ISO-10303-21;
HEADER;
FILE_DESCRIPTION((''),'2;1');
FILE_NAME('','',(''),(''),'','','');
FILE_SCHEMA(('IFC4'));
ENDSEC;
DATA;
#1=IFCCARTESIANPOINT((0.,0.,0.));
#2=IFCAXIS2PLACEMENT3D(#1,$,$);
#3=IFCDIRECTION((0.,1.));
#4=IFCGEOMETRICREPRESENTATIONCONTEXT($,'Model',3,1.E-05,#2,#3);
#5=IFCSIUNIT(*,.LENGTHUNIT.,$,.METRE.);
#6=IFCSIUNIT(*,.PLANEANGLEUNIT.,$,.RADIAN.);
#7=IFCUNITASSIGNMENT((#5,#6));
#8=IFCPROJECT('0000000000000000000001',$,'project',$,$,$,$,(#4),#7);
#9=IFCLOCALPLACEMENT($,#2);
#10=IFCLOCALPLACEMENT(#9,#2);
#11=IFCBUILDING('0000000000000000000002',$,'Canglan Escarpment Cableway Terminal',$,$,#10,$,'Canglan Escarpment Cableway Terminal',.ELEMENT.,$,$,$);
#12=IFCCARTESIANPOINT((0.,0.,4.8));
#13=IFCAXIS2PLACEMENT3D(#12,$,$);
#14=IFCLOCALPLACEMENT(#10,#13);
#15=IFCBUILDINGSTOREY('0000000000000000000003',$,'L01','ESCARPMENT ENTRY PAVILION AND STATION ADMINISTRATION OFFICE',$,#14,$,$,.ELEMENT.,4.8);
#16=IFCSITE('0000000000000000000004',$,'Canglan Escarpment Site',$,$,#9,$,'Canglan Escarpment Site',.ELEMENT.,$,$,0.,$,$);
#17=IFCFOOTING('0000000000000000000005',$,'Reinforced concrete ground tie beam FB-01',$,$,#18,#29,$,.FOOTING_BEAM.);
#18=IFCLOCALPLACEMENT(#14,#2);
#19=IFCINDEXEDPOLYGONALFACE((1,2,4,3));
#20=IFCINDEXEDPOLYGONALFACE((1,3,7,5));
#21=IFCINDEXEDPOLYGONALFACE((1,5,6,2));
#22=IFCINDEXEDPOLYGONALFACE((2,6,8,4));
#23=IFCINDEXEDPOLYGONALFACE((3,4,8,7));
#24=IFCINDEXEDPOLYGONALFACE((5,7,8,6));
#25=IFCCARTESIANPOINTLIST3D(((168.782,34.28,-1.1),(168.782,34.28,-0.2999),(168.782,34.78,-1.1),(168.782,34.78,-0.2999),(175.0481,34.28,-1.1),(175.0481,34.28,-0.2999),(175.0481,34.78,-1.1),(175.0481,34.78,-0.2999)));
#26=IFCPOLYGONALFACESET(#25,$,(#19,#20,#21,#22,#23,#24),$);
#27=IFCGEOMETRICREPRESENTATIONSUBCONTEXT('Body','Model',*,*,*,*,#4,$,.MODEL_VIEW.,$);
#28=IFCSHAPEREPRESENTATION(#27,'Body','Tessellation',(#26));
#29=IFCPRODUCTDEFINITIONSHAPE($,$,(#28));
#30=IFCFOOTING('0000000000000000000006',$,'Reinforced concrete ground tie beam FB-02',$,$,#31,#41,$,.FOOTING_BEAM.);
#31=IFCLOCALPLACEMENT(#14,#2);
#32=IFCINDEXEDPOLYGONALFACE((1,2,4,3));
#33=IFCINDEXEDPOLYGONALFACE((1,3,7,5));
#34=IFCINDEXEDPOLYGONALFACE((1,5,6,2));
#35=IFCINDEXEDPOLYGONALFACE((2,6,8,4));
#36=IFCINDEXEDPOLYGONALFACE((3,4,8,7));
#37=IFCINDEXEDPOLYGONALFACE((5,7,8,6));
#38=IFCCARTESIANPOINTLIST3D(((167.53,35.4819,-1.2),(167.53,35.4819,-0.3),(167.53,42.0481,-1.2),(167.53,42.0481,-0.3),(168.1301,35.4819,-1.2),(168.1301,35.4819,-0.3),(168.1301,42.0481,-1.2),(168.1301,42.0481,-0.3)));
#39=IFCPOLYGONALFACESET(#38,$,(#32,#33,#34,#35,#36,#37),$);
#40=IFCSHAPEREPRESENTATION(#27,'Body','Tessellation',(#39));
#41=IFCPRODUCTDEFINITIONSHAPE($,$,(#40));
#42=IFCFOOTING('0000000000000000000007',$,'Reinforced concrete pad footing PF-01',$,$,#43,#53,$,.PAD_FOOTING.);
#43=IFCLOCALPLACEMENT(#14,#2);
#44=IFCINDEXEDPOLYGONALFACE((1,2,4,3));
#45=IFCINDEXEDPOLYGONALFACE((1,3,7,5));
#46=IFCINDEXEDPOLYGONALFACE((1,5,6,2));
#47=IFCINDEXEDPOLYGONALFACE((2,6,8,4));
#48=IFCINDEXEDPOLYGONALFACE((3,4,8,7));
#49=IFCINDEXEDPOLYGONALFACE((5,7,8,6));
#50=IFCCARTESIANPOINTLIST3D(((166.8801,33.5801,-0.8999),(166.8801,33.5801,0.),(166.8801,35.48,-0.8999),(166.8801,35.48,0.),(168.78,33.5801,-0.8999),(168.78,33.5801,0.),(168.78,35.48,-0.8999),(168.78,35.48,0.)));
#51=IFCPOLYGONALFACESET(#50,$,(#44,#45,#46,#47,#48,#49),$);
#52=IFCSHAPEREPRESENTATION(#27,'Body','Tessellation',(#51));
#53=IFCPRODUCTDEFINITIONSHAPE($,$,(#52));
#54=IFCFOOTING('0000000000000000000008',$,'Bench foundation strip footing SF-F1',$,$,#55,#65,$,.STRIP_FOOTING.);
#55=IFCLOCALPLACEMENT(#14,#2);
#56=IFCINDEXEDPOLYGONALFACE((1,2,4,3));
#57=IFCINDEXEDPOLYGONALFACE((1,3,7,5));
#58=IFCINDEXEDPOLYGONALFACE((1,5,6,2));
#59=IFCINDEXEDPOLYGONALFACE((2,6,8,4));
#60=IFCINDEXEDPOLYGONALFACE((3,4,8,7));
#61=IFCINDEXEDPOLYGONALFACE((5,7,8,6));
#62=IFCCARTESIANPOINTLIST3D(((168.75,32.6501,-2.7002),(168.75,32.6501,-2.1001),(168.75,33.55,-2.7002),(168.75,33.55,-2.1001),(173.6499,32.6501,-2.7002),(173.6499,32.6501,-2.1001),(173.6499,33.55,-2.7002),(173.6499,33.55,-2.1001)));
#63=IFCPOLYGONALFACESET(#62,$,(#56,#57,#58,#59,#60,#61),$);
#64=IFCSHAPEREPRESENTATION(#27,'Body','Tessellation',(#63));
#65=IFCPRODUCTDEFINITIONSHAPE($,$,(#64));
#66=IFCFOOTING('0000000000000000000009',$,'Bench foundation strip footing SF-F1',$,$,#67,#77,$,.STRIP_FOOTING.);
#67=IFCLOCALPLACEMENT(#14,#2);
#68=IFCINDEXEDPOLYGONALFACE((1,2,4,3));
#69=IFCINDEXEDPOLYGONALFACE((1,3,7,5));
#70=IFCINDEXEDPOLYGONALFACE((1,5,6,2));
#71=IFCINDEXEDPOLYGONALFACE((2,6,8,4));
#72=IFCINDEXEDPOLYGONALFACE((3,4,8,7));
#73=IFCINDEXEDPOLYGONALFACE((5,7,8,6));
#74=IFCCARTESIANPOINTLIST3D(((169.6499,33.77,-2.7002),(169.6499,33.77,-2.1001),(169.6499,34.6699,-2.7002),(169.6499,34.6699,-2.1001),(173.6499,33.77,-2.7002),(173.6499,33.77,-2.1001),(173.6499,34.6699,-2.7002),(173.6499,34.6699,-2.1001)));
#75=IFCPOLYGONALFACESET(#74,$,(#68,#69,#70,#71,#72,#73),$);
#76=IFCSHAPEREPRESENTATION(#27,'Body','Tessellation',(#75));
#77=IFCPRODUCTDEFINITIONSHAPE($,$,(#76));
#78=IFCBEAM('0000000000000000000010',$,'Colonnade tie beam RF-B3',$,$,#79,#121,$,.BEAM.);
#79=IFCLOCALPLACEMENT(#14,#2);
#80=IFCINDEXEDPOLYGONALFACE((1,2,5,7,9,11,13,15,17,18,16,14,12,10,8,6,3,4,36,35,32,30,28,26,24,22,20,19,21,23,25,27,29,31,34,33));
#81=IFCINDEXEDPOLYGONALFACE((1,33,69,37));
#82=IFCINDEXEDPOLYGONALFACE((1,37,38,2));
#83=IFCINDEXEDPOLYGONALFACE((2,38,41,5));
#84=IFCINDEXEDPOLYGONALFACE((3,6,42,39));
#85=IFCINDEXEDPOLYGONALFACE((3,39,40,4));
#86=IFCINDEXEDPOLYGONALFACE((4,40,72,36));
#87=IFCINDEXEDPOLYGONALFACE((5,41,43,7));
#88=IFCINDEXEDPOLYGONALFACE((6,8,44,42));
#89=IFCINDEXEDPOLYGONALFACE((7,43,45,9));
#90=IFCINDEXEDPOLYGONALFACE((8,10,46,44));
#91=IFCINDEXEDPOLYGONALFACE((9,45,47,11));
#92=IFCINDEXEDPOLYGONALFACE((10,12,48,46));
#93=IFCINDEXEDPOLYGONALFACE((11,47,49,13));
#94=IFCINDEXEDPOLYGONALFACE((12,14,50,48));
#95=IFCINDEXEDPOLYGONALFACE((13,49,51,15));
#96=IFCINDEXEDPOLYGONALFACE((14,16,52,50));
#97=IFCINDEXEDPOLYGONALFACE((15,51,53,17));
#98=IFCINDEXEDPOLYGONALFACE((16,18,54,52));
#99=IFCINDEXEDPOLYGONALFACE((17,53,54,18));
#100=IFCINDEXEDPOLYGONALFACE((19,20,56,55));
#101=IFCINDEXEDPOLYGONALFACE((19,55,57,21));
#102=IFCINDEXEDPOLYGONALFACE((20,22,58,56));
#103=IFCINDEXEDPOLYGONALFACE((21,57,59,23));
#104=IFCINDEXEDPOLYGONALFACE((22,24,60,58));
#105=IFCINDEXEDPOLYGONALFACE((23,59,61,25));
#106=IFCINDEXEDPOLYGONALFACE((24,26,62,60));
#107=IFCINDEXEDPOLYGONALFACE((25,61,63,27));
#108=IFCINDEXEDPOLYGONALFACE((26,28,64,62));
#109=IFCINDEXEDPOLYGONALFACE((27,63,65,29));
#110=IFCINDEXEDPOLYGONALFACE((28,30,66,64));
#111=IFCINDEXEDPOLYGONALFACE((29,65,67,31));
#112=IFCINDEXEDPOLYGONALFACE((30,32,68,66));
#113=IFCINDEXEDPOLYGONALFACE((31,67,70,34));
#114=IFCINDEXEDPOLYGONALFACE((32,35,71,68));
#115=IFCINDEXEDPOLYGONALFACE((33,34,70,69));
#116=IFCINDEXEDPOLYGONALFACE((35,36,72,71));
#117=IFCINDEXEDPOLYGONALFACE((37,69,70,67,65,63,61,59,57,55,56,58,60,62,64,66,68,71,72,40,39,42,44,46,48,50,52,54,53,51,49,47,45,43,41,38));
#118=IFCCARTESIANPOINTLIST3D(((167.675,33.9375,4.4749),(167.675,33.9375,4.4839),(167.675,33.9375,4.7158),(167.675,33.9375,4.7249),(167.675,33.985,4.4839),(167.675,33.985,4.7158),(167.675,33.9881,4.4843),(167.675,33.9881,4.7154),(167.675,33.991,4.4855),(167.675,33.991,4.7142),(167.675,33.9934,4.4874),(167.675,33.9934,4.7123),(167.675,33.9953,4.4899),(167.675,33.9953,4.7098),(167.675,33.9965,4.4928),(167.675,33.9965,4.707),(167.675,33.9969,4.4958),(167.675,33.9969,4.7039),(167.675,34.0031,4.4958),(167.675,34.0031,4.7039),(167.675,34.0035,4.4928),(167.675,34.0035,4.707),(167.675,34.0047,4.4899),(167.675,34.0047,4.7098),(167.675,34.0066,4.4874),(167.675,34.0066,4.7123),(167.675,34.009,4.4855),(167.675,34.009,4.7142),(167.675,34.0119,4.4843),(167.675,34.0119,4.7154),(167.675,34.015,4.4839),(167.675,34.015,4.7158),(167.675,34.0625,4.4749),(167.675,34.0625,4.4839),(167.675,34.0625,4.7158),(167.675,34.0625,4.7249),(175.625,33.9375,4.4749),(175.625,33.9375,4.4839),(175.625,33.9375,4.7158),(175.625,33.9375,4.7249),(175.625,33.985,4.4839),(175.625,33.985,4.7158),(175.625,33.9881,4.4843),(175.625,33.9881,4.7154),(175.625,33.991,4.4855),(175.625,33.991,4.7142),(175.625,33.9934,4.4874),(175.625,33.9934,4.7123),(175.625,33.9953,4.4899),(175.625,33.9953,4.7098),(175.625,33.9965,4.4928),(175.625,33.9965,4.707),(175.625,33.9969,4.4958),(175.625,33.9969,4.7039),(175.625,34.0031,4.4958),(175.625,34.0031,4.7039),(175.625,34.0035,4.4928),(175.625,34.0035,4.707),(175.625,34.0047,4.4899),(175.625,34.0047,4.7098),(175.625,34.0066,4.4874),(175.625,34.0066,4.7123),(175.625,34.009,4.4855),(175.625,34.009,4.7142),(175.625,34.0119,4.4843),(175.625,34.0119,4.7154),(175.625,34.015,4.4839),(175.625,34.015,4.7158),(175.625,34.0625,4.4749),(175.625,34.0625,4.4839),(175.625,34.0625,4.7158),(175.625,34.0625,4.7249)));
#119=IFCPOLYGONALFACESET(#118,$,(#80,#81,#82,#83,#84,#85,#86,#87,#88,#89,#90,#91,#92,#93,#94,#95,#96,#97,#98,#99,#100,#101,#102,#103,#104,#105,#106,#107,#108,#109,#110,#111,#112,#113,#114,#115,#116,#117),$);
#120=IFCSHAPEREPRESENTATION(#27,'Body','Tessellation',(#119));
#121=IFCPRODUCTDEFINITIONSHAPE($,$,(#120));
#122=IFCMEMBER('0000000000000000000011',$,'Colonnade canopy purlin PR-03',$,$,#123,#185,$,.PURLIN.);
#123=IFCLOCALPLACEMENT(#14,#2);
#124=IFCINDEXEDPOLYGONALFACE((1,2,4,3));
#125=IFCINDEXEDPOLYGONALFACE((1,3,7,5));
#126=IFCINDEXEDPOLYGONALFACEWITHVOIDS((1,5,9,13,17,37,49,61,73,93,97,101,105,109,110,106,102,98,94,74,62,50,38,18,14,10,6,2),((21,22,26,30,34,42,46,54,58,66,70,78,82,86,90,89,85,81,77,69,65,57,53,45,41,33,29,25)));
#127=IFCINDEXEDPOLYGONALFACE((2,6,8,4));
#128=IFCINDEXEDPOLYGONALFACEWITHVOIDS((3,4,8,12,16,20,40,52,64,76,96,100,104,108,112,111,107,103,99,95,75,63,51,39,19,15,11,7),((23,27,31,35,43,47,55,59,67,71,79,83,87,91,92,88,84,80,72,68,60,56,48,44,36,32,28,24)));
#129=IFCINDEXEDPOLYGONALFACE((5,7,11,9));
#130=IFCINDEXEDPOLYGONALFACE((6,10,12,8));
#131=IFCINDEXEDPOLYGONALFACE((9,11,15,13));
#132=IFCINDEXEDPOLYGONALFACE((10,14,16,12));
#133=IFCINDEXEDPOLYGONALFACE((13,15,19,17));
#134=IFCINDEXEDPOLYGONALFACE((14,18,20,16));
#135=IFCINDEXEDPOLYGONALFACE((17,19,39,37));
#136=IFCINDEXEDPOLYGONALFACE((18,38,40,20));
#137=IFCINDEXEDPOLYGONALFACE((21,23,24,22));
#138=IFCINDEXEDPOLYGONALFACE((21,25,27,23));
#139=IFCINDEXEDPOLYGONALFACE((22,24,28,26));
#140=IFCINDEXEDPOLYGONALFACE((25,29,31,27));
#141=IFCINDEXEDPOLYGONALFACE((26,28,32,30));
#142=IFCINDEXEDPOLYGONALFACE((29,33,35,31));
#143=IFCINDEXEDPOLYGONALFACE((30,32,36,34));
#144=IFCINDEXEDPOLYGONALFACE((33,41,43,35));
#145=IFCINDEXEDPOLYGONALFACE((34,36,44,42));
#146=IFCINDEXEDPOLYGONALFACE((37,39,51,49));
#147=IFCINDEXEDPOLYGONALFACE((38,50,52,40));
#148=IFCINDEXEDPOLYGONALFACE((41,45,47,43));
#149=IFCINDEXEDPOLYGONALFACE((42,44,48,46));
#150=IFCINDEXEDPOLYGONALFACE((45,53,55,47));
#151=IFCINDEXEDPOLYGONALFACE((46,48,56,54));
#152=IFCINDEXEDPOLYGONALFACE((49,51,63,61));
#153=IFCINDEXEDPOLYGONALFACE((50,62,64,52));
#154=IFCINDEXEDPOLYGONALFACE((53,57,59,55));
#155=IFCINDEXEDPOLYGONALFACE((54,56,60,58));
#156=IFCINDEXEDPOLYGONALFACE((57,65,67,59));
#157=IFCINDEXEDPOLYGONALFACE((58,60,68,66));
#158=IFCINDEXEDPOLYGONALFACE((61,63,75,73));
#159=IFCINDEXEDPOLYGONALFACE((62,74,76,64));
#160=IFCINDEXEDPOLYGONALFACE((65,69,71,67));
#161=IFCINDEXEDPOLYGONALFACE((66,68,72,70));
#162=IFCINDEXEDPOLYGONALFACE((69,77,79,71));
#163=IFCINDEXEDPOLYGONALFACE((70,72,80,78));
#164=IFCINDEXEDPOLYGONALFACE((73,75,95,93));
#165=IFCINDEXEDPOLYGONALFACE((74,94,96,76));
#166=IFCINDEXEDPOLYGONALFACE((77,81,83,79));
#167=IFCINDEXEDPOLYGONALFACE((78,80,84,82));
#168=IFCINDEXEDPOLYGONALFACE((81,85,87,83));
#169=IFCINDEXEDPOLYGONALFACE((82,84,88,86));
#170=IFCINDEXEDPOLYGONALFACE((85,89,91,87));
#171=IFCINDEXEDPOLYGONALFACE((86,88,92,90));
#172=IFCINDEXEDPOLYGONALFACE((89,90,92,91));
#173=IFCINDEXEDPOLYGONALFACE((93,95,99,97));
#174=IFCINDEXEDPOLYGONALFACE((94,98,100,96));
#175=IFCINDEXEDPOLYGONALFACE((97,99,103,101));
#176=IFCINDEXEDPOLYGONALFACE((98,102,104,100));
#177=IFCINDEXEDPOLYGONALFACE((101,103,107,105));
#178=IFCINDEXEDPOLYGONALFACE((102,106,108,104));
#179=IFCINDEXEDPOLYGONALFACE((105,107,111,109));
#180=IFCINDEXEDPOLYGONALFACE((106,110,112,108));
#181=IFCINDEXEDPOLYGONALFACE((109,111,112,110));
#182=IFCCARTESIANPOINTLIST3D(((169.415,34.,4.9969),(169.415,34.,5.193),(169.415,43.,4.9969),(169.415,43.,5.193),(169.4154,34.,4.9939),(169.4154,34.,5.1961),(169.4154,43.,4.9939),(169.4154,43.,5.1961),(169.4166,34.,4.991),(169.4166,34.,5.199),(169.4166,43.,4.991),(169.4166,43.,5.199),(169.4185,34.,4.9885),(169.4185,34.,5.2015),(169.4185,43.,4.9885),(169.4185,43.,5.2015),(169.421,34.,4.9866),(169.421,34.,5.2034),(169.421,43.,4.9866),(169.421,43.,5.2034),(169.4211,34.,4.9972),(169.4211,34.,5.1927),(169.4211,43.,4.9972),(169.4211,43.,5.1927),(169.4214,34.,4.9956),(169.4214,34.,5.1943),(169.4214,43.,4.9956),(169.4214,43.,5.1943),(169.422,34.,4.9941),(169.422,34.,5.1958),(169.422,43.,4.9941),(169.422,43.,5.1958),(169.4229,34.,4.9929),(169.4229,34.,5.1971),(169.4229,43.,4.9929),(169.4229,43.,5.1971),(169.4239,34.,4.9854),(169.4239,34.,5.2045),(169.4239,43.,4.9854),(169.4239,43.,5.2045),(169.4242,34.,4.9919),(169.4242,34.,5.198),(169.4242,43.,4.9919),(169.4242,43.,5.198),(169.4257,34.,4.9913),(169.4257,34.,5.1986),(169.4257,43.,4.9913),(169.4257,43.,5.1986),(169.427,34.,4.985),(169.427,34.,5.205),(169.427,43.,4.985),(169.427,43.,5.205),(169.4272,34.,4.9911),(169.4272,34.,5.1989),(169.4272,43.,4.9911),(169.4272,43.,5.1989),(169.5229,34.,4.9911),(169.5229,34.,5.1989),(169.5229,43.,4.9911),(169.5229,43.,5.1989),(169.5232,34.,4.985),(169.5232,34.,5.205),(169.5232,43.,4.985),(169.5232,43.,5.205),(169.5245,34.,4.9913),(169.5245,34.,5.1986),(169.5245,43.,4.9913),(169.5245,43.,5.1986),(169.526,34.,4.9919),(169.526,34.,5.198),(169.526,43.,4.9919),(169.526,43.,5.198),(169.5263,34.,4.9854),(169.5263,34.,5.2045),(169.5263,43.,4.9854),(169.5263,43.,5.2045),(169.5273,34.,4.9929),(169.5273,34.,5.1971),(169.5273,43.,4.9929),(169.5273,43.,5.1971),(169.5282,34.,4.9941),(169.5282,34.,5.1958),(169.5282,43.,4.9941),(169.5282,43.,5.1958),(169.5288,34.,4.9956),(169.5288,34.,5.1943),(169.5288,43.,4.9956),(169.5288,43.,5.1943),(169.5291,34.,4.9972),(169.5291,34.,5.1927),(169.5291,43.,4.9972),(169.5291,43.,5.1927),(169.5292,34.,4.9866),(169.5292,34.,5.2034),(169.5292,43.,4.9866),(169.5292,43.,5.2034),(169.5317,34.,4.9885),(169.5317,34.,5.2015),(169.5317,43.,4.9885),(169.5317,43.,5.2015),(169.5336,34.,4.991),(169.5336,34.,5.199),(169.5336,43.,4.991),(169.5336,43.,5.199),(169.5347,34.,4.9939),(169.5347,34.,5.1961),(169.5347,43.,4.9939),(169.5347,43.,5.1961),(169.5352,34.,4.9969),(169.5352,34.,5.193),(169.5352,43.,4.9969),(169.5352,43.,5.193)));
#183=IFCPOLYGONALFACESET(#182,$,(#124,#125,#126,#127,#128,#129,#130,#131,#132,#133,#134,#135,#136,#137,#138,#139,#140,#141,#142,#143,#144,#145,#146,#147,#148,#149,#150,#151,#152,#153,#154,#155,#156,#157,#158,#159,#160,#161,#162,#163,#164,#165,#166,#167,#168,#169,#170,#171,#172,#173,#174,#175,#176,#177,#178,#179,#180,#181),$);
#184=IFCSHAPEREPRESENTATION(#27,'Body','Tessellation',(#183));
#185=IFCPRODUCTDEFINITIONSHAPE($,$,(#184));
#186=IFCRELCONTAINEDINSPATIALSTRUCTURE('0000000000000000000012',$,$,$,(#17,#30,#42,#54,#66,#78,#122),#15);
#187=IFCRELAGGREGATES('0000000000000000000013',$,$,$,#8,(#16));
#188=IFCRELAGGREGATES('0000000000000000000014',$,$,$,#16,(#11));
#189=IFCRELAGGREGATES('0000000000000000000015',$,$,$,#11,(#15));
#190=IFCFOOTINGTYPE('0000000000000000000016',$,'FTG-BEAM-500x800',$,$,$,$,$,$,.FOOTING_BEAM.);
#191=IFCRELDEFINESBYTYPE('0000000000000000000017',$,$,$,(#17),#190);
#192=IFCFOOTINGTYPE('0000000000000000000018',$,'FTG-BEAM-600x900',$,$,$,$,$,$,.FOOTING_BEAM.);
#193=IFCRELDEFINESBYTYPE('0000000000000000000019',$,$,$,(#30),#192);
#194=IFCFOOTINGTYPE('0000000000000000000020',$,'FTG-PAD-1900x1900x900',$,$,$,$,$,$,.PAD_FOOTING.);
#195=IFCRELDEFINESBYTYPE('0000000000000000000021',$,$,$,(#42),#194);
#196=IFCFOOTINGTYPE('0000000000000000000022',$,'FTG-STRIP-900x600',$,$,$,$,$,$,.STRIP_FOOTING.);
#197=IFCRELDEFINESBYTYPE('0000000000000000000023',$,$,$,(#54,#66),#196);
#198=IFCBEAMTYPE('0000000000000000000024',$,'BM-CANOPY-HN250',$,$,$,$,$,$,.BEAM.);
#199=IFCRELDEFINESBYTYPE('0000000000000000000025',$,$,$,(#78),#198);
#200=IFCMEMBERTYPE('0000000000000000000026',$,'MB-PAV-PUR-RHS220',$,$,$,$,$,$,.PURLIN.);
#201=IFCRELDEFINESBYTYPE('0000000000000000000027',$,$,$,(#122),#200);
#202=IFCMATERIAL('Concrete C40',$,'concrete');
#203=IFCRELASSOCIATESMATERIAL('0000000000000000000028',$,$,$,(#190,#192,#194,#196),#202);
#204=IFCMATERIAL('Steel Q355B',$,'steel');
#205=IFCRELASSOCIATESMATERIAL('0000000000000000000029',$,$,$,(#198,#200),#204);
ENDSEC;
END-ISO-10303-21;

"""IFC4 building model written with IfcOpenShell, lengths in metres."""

from ifc_helpers import new_model, si_unit, direction, frame, origin, origin_2d, place, context, subcontext, project, spatial, rectangle, hollow_rectangle, i_section, extrude, material, material_profile, profile_set, type_object, element, save


model = new_model("IFC4")

# Units and contexts
model_context = context("Model", 3, precision=1e-05, world=origin(), true_north=direction((0.0, 1.0)))
body_context = subcontext(model_context, "Body", "Model", "MODEL_VIEW")
ifc_project = project(units=[si_unit("LENGTHUNIT", "METRE"), si_unit("PLANEANGLEUNIT", "RADIAN")], contexts=[model_context])

# Site, building, storey
site_placement = place(None, origin())
site = spatial("IfcSite", under=ifc_project, at=site_placement, Name="Canglan Escarpment Site", LongName="Canglan Escarpment Site", CompositionType="ELEMENT", RefElevation=0.0)
building_placement = place(site_placement, origin())
building = spatial("IfcBuilding", under=site, at=building_placement, Name="Canglan Escarpment Cableway Terminal", LongName="Canglan Escarpment Cableway Terminal", CompositionType="ELEMENT")
storey_placement = place(building_placement, frame((0.0, 0.0, 4.8)))
storey = spatial("IfcBuildingStorey", under=building, at=storey_placement, Name="L01", Description="ESCARPMENT ENTRY PAVILION AND STATION ADMINISTRATION OFFICE", CompositionType="ELEMENT", Elevation=4.8)

# Footings
ifc_material_1 = material(Name="Concrete C40", Category="concrete")
ifc_material_profile_1 = material_profile(ifc_material_1, rectangle(XDim=0.5, YDim=0.8, at=origin_2d()), Name="FB 500x800")
ifc_profile_set_1 = profile_set([ifc_material_profile_1], Name="Concrete C40")
footing_type_1 = type_object("IfcFootingType", Name="FTG-BEAM-500x800", PredefinedType="FOOTING_BEAM", material=ifc_profile_set_1)
footing_1_placement = place(storey_placement, frame((168.782, 34.53, -0.7), z_axis=(1.0, 0.0, 0.0), x_axis=(0.0, 1.0, 0.0)))
element("IfcFooting", 1, at=footing_1_placement, inside=storey, type_object=footing_type_1, Name="Reinforced concrete ground tie beam FB-01", PredefinedType="FOOTING_BEAM", context=body_context, shape_type="SweptSolid", body=[
    extrude(rectangle(XDim=0.5, YDim=0.8, at=origin_2d()), origin(), (0.0, 0.0, 1.0), 6.2661),
])
ifc_material_profile_2 = material_profile(ifc_material_1, rectangle(XDim=0.6001, YDim=0.8999, at=origin_2d()), Name="FB 600x900")
ifc_profile_set_2 = profile_set([ifc_material_profile_2], Name="Concrete C40")
footing_type_2 = type_object("IfcFootingType", Name="FTG-BEAM-600x900", PredefinedType="FOOTING_BEAM", material=ifc_profile_set_2)
footing_2_placement = place(storey_placement, frame((167.8301, 35.4819, -0.75), z_axis=(0.0, 1.0, 0.0), x_axis=(-1.0, 0.0, 0.0)))
element("IfcFooting", 2, at=footing_2_placement, inside=storey, type_object=footing_type_2, Name="Reinforced concrete ground tie beam FB-02", PredefinedType="FOOTING_BEAM", context=body_context, shape_type="SweptSolid", body=[
    extrude(rectangle(XDim=0.6001, YDim=0.8999, at=origin_2d()), origin(), (0.0, 0.0, 1.0), 6.5662),
])
footing_type_3 = type_object("IfcFootingType", Name="FTG-PAD-1900x1900x900", PredefinedType="PAD_FOOTING", material=ifc_material_1)
footing_3_placement = place(storey_placement, frame((167.8301, 34.53, -0.8999), z_axis=(0.0, 0.0, 1.0), x_axis=(1.0, 0.0, 0.0)))
element("IfcFooting", 3, at=footing_3_placement, inside=storey, type_object=footing_type_3, Name="Reinforced concrete pad footing PF-01", PredefinedType="PAD_FOOTING", context=body_context, shape_type="SweptSolid", body=[
    extrude(rectangle(XDim=1.8999, YDim=1.8999, at=origin_2d()), origin(), (0.0, 0.0, 1.0), 0.8999),
])
ifc_material_profile_3 = material_profile(ifc_material_1, rectangle(XDim=0.8999, YDim=0.6001, at=origin_2d()), Name="SF 900x600")
ifc_profile_set_3 = profile_set([ifc_material_profile_3], Name="Concrete C40")
footing_type_4 = type_object("IfcFootingType", Name="FTG-STRIP-900x600", PredefinedType="STRIP_FOOTING", material=ifc_profile_set_3)
footing_4_placement = place(storey_placement, frame((168.75, 33.1001, -2.4001), z_axis=(1.0, 0.0, 0.0), x_axis=(0.0, 1.0, 0.0)))
element("IfcFooting", 4, at=footing_4_placement, inside=storey, type_object=footing_type_4, Name="Bench foundation strip footing SF-F1", PredefinedType="STRIP_FOOTING", context=body_context, shape_type="SweptSolid", body=[
    extrude(rectangle(XDim=0.8999, YDim=0.6001, at=origin_2d()), origin(), (0.0, 0.0, 1.0), 4.8999),
])
footing_5_placement = place(storey_placement, frame((169.6499, 34.22, -2.4001), z_axis=(1.0, 0.0, 0.0), x_axis=(0.0, 1.0, 0.0)))
element("IfcFooting", 5, at=footing_5_placement, inside=storey, type_object=footing_type_4, Name="Bench foundation strip footing SF-F1", PredefinedType="STRIP_FOOTING", context=body_context, shape_type="SweptSolid", body=[
    extrude(rectangle(XDim=0.8999, YDim=0.6001, at=origin_2d()), origin(), (0.0, 0.0, 1.0), 4.0),
])

# Beam
ifc_material_2 = material(Name="Steel Q355B", Category="steel")
ifc_material_profile_4 = material_profile(ifc_material_2, i_section(OverallWidth=0.125, OverallDepth=0.25, WebThickness=0.0061, FlangeThickness=0.009, FilletRadius=0.012, at=origin_2d()), Name="HN 250x125x6x9")
ifc_profile_set_4 = profile_set([ifc_material_profile_4], Name="Steel Q355B")
beam_type = type_object("IfcBeamType", Name="BM-CANOPY-HN250", PredefinedType="BEAM", material=ifc_profile_set_4)
beam_placement = place(storey_placement, frame((167.675, 34.0, 4.5999), z_axis=(1.0, 0.0, 0.0), x_axis=(0.0, 1.0, 0.0)))
element("IfcBeam", 6, at=beam_placement, inside=storey, type_object=beam_type, Name="Colonnade tie beam RF-B3", PredefinedType="BEAM", context=body_context, shape_type="SweptSolid", body=[
    extrude(i_section(OverallWidth=0.125, OverallDepth=0.25, WebThickness=0.0061, FlangeThickness=0.009, FilletRadius=0.012, at=origin_2d()), origin(), (0.0, 0.0, 1.0), 7.95),
])

# Member
ifc_material_profile_5 = material_profile(ifc_material_2, hollow_rectangle(XDim=0.1201, YDim=0.22, WallThickness=0.0061, InnerFilletRadius=0.0061, OuterFilletRadius=0.012, at=origin_2d()), Name="RHS 220x120x6")
ifc_profile_set_5 = profile_set([ifc_material_profile_5], Name="Steel Q355B")
member_type = type_object("IfcMemberType", Name="MB-PAV-PUR-RHS220", PredefinedType="PURLIN", material=ifc_profile_set_5)
for number, where, z_axis, x_axis, name in (
    (7, (169.4751, 34.0, 5.095), (0.0, 1.0, 0.0), (-1.0, 0.0, 0.0), "Colonnade canopy purlin PR-03"),
):
    element("IfcMember", number, at=place(storey_placement, frame(where, z_axis=z_axis, x_axis=x_axis)), inside=storey, type_object=member_type, Name=name, PredefinedType="PURLIN", context=body_context, shape_type="SweptSolid", body=[
        extrude(hollow_rectangle(XDim=0.1201, YDim=0.22, WallThickness=0.0061, InnerFilletRadius=0.0061, OuterFilletRadius=0.012, at=origin_2d()), origin(), (0.0, 0.0, 1.0), 9.0),
    ])

save(model, "model.ifc")
